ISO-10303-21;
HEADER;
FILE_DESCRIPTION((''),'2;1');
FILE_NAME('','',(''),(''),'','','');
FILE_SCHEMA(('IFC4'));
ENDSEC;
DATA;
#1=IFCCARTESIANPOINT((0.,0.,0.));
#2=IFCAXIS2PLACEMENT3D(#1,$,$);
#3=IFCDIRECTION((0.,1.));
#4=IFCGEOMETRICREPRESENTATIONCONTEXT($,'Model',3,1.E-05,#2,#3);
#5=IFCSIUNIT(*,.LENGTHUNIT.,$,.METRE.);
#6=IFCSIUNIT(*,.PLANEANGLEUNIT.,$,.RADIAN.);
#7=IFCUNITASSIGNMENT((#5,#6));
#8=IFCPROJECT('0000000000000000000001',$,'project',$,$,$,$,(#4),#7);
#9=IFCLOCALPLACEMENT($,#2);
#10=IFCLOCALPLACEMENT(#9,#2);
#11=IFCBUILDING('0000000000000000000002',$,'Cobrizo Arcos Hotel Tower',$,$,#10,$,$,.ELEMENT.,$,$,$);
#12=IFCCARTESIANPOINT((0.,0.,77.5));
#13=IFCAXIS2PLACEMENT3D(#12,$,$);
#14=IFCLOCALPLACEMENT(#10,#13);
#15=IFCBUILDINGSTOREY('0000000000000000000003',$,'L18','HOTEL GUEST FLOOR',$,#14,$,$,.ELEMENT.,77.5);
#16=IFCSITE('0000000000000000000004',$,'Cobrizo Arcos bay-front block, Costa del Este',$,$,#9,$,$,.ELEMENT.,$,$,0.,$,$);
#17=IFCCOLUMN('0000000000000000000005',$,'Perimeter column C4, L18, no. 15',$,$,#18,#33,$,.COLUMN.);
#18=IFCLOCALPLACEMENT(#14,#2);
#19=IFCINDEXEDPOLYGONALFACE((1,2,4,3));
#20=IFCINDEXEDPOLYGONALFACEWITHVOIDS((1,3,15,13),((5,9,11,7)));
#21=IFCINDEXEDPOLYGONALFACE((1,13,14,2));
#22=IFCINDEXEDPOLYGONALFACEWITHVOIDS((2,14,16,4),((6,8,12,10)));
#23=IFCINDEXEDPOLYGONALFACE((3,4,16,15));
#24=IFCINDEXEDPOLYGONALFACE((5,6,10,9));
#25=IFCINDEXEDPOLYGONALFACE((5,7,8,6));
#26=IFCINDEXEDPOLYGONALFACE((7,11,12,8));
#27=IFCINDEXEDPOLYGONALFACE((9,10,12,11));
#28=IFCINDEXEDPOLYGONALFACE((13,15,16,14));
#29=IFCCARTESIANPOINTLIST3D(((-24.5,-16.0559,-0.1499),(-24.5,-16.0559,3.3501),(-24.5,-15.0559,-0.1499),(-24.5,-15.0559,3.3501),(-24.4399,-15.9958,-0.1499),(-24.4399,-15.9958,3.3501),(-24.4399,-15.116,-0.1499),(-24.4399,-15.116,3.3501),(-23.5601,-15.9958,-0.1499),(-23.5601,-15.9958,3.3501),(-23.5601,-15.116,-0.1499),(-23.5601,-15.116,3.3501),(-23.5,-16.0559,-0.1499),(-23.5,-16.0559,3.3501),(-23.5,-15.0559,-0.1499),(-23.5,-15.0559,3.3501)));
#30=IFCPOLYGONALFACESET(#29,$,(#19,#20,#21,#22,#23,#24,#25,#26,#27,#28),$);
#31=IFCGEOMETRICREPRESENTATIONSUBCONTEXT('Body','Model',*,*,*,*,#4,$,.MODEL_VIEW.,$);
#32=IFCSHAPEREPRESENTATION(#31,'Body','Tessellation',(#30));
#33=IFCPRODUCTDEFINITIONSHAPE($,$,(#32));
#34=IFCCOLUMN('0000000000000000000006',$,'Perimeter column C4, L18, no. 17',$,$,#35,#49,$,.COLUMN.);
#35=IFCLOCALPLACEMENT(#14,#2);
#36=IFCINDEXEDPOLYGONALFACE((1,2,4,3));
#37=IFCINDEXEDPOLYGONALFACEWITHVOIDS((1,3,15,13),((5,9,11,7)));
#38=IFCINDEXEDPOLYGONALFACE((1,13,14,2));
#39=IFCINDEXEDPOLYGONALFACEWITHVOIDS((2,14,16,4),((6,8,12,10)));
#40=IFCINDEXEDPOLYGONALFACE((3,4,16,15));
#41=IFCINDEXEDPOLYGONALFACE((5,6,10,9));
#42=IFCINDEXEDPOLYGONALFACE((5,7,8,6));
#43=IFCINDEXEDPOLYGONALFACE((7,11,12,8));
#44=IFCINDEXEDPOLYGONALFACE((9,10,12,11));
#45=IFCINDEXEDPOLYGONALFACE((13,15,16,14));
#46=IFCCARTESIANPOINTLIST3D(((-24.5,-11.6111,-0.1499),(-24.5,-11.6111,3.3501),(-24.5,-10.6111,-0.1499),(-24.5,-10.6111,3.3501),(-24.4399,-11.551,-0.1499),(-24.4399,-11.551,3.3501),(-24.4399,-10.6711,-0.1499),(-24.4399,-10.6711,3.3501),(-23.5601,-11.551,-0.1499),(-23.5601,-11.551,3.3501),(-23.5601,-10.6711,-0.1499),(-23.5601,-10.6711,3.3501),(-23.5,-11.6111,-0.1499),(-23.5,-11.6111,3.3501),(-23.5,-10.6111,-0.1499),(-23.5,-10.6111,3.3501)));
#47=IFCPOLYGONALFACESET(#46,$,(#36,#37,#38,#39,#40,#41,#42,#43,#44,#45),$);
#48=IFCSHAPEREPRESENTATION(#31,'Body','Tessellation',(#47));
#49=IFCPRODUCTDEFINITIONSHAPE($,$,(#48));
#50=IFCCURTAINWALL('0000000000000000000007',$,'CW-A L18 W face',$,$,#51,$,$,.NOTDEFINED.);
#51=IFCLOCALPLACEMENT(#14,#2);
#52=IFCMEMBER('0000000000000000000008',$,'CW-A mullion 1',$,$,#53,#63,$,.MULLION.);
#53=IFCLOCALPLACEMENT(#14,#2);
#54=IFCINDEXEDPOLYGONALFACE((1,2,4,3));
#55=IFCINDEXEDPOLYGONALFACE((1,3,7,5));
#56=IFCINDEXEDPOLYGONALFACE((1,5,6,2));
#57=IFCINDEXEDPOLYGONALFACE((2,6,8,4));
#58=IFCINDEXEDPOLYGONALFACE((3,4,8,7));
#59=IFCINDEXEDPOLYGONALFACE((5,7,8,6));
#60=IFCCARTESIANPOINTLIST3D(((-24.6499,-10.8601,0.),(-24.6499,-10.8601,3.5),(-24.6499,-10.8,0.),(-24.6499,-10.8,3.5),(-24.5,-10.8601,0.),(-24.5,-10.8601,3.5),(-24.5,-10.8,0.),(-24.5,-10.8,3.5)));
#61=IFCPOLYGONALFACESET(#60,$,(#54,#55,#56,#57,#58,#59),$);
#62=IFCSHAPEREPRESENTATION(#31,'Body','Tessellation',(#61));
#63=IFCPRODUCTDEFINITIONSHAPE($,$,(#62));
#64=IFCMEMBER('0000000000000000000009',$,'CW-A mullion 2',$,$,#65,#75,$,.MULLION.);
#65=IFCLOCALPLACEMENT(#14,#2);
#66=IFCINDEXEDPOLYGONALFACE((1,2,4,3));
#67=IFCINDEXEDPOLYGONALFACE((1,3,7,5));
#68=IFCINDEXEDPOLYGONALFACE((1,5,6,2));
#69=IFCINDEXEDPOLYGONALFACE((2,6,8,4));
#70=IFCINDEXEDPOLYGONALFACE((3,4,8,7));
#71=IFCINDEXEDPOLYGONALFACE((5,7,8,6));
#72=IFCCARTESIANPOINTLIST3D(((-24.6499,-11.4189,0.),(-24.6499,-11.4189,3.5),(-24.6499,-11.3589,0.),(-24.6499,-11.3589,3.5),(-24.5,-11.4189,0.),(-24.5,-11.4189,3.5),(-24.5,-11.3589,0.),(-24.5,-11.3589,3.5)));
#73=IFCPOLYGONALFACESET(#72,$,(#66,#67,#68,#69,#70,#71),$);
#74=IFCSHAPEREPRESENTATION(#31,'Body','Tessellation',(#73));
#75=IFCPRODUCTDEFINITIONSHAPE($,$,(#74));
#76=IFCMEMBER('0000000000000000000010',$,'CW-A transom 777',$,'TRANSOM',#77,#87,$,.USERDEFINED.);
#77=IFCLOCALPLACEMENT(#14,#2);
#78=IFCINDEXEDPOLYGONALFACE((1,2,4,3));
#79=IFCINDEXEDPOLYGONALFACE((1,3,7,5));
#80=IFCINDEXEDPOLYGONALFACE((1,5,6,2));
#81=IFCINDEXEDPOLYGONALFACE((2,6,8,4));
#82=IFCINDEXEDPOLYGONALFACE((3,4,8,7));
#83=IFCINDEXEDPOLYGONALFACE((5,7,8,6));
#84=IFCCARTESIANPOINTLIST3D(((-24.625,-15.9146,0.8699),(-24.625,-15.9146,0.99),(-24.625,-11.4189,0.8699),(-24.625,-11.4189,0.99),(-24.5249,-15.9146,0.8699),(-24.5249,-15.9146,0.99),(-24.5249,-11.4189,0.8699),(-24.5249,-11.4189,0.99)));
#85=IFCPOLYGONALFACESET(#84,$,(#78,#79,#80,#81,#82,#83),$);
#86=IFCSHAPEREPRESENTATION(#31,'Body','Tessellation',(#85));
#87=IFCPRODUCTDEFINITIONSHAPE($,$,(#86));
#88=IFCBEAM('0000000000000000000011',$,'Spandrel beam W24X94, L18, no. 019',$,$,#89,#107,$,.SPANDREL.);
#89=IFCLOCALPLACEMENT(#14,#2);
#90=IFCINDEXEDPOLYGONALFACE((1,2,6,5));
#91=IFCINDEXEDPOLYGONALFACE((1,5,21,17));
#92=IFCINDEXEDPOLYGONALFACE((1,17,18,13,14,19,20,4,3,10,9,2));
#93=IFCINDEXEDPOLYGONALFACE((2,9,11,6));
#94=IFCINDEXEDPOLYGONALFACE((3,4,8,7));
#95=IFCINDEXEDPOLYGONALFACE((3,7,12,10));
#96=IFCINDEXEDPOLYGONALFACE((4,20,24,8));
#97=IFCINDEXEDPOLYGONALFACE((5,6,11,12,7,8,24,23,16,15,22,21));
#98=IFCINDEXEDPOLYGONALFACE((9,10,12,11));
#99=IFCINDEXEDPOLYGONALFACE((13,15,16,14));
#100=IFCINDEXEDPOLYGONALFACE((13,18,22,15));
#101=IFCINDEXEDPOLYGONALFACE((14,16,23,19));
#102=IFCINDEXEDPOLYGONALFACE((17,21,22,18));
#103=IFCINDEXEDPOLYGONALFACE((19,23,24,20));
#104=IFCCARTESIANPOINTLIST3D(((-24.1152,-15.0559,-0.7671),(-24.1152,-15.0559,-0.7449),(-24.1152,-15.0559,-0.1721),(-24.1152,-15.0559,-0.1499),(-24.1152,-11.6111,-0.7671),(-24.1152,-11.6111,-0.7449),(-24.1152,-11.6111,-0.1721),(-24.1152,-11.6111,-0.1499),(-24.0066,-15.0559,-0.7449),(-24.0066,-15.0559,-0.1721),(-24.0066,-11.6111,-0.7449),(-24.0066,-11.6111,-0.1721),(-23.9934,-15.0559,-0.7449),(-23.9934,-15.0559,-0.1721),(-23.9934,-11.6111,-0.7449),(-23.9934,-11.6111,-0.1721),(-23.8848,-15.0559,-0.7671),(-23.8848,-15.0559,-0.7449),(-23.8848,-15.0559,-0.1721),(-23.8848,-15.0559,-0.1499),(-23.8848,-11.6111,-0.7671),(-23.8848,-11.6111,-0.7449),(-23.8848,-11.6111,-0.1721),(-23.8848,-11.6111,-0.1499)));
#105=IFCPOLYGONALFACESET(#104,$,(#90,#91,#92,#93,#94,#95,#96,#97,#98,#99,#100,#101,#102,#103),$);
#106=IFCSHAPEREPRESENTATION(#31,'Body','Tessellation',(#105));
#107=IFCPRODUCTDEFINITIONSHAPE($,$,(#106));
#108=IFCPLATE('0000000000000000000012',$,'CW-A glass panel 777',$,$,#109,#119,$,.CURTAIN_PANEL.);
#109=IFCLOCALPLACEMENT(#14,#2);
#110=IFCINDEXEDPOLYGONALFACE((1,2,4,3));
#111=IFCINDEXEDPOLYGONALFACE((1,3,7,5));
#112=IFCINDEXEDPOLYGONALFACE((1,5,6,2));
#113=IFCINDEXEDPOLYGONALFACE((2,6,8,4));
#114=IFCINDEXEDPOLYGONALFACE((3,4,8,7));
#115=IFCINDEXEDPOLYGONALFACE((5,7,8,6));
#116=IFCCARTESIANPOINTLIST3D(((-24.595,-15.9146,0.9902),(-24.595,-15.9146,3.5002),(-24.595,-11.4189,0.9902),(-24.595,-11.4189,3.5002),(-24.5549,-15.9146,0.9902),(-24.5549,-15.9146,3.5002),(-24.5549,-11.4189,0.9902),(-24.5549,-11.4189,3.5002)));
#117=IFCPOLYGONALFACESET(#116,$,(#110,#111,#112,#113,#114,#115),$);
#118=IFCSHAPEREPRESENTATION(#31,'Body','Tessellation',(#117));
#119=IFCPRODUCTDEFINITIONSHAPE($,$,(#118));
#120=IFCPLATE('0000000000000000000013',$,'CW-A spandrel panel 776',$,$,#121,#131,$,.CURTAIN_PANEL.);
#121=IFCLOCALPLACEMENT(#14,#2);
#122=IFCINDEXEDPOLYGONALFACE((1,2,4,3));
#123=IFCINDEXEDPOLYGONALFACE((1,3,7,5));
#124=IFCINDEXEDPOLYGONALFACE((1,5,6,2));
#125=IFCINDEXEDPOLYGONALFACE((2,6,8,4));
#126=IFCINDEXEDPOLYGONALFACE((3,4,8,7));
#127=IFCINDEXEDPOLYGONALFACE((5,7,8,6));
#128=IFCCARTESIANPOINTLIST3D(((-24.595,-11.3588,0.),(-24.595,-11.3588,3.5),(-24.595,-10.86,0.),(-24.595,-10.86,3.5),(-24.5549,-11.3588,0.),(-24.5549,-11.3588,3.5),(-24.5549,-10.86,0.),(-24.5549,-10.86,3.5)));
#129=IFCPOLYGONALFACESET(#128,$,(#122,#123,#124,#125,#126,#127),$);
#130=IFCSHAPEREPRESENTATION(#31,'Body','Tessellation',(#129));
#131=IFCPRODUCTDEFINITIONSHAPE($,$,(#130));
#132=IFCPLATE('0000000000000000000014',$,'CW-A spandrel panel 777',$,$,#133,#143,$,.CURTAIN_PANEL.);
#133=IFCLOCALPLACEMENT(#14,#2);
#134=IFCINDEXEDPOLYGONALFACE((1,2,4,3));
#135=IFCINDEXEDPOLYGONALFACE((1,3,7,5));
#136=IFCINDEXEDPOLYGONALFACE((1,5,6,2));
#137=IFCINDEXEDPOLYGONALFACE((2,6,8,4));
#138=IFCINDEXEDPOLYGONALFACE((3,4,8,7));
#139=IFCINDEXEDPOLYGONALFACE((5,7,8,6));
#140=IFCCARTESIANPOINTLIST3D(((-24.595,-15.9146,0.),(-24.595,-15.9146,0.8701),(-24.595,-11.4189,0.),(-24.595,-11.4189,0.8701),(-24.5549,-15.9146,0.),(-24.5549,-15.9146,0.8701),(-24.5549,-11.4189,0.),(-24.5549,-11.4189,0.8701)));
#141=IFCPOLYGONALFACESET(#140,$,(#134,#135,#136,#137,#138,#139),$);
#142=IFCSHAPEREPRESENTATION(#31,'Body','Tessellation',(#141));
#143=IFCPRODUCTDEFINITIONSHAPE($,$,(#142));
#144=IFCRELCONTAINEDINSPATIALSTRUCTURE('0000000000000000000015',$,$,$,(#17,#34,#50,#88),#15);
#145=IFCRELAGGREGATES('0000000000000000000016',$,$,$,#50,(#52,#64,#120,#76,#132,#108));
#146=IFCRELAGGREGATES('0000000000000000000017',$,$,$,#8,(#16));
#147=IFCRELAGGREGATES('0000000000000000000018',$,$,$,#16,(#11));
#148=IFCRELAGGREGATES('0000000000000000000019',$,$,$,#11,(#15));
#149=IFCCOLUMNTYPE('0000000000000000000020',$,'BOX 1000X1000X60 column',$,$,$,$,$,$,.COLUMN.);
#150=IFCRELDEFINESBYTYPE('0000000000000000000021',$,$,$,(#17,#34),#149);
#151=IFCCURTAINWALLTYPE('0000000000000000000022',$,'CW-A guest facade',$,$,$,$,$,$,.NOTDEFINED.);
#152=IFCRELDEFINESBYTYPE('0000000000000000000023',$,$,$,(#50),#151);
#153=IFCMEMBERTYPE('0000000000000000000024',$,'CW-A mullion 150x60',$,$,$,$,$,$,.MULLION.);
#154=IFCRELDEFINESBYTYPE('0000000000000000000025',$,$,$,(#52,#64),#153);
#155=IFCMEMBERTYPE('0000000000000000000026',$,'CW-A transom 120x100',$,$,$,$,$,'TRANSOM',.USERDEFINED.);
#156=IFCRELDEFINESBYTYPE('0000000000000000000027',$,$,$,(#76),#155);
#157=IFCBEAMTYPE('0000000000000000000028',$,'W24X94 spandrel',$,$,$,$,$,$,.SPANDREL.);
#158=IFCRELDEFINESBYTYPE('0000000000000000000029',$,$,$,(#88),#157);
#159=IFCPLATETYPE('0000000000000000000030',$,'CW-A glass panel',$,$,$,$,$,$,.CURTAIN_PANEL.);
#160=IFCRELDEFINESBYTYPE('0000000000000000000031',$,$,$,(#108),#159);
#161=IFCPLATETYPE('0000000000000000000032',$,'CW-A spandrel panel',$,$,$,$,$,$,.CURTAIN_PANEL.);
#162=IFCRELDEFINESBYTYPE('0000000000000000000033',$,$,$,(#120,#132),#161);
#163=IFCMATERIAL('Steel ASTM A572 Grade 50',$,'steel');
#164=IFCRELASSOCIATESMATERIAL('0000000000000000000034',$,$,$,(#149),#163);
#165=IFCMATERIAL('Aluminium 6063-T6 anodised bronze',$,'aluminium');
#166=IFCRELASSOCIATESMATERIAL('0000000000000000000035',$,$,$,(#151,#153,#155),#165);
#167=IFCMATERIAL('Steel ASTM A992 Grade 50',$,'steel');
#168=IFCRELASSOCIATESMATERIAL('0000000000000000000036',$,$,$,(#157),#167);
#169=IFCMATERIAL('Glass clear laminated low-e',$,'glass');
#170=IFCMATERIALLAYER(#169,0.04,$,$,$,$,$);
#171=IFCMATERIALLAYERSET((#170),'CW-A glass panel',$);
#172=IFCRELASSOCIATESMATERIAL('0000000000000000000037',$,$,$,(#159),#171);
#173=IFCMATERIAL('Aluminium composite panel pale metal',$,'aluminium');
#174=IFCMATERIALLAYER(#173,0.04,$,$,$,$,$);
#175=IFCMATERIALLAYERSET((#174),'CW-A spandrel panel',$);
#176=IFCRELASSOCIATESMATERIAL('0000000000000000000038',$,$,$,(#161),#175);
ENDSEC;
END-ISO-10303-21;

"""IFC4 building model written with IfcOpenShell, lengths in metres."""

from ifc_helpers import new_model, si_unit, direction, frame, origin, origin_2d, place, context, subcontext, project, spatial, rectangle, hollow_rectangle, i_section, extrude, material, layer, layer_set, material_profile, profile_set, type_object, element, aggregate, save


model = new_model("IFC4")

# Units and contexts
model_context = context("Model", 3, precision=1e-05, world=origin(), true_north=direction((0.0, 1.0)))
body_context = subcontext(model_context, "Body", "Model", "MODEL_VIEW")
ifc_project = project(units=[si_unit("LENGTHUNIT", "METRE"), si_unit("PLANEANGLEUNIT", "RADIAN")], contexts=[model_context])

# Site, building, storey
site_placement = place(None, origin())
site = spatial("IfcSite", under=ifc_project, at=site_placement, Name="Cobrizo Arcos bay-front block, Costa del Este", CompositionType="ELEMENT", RefElevation=0.0)
building_placement = place(site_placement, origin())
building = spatial("IfcBuilding", under=site, at=building_placement, Name="Cobrizo Arcos Hotel Tower", CompositionType="ELEMENT")
storey_placement = place(building_placement, frame((0.0, 0.0, 77.5)))
storey = spatial("IfcBuildingStorey", under=building, at=storey_placement, Name="L18", Description="HOTEL GUEST FLOOR", CompositionType="ELEMENT", Elevation=77.5)

# Columns
ifc_material_1 = material(Name="Steel ASTM A572 Grade 50", Category="steel")
ifc_material_profile_1 = material_profile(ifc_material_1, hollow_rectangle(XDim=1.0, YDim=1.0, WallThickness=0.0601, at=origin_2d()), Name="BOX 1000X1000X60")
ifc_profile_set_1 = profile_set([ifc_material_profile_1], Name="Steel ASTM A572 Grade 50")
column_type = type_object("IfcColumnType", Name="BOX 1000X1000X60 column", PredefinedType="COLUMN", material=ifc_profile_set_1)
for number, where, z_axis, x_axis, name in (
    (1, (-24.0, -15.5559, -0.1499), (0.0, 0.0, 1.0), (1.0, 0.0, 0.0), "Perimeter column C4, L18, no. 15"),
    (2, (-24.0, -11.1111, -0.1499), (0.0, 0.0, 1.0), (1.0, 0.0, 0.0), "Perimeter column C4, L18, no. 17"),
):
    element("IfcColumn", number, at=place(storey_placement, frame(where, z_axis=z_axis, x_axis=x_axis)), inside=storey, type_object=column_type, Name=name, PredefinedType="COLUMN", context=body_context, shape_type="SweptSolid", body=[
        extrude(hollow_rectangle(XDim=1.0, YDim=1.0, WallThickness=0.0601, at=origin_2d()), origin(), (0.0, 0.0, 1.0), 3.5),
    ])

# Curtain wall, members
ifc_material_2 = material(Name="Aluminium 6063-T6 anodised bronze", Category="aluminium")
curtain_wall_type = type_object("IfcCurtainWallType", Name="CW-A guest facade", PredefinedType="NOTDEFINED", material=ifc_material_2)
curtain_wall_placement = place(storey_placement, origin())
curtain_wall = element("IfcCurtainWall", 3, at=curtain_wall_placement, inside=storey, type_object=curtain_wall_type, Name="CW-A L18 W face", PredefinedType="NOTDEFINED")
ifc_material_profile_2 = material_profile(ifc_material_2, rectangle(XDim=0.1499, YDim=0.0601, at=origin_2d()), Name="CW-A mullion 150x60")
ifc_profile_set_2 = profile_set([ifc_material_profile_2], Name="Aluminium 6063-T6 anodised bronze")
member_type_1 = type_object("IfcMemberType", Name="CW-A mullion 150x60", PredefinedType="MULLION", material=ifc_profile_set_2)
member_1_placement = place(storey_placement, frame((-24.575, -10.8301, 0.0), z_axis=(0.0, 0.0, 1.0), x_axis=(-1.0, 0.0, 0.0)))
member_1 = element("IfcMember", 4, at=member_1_placement, type_object=member_type_1, Name="CW-A mullion 1", PredefinedType="MULLION", context=body_context, shape_type="SweptSolid", body=[
    extrude(rectangle(XDim=0.1499, YDim=0.0601, at=origin_2d()), origin(), (0.0, 0.0, 1.0), 3.5),
])
member_2_placement = place(storey_placement, frame((-24.575, -11.3889, 0.0), z_axis=(0.0, 0.0, 1.0), x_axis=(-1.0, 0.0, 0.0)))
member_2 = element("IfcMember", 5, at=member_2_placement, type_object=member_type_1, Name="CW-A mullion 2", PredefinedType="MULLION", context=body_context, shape_type="SweptSolid", body=[
    extrude(rectangle(XDim=0.1499, YDim=0.0601, at=origin_2d()), origin(), (0.0, 0.0, 1.0), 3.5),
])
ifc_material_profile_3 = material_profile(ifc_material_2, rectangle(XDim=0.1001, YDim=0.1201, at=origin_2d()), Name="CW-A transom 120x100")
ifc_profile_set_3 = profile_set([ifc_material_profile_3], Name="Aluminium 6063-T6 anodised bronze")
member_type_2 = type_object("IfcMemberType", Name="CW-A transom 120x100", ElementType="TRANSOM", PredefinedType="USERDEFINED", material=ifc_profile_set_3)
member_3_placement = place(storey_placement, frame((-24.575, -11.4189, 0.9299), z_axis=(0.0, -1.0, 0.0), x_axis=(1.0, 0.0, 0.0)))
member_3 = element("IfcMember", 6, at=member_3_placement, type_object=member_type_2, Name="CW-A transom 777", ObjectType="TRANSOM", PredefinedType="USERDEFINED", context=body_context, shape_type="SweptSolid", body=[
    extrude(rectangle(XDim=0.1001, YDim=0.1201, at=origin_2d()), origin(), (0.0, 0.0, 1.0), 4.4956),
])

# Beam
ifc_material_3 = material(Name="Steel ASTM A992 Grade 50", Category="steel")
ifc_material_profile_4 = material_profile(ifc_material_3, i_section(OverallWidth=0.2305, OverallDepth=0.6172, WebThickness=0.0132, FlangeThickness=0.0222, at=origin_2d()), Name="W24X94")
ifc_profile_set_4 = profile_set([ifc_material_profile_4], Name="Steel ASTM A992 Grade 50")
beam_type = type_object("IfcBeamType", Name="W24X94 spandrel", PredefinedType="SPANDREL", material=ifc_profile_set_4)
beam_placement = place(storey_placement, frame((-24.0, -15.0559, -0.4585), z_axis=(0.0, 1.0, 0.0), x_axis=(-1.0, 0.0, 0.0)))
element("IfcBeam", 7, at=beam_placement, inside=storey, type_object=beam_type, Name="Spandrel beam W24X94, L18, no. 019", PredefinedType="SPANDREL", context=body_context, shape_type="SweptSolid", body=[
    extrude(i_section(OverallWidth=0.2305, OverallDepth=0.6172, WebThickness=0.0132, FlangeThickness=0.0222, at=origin_2d()), origin(), (0.0, 0.0, 1.0), 3.4448),
])

# Plates
ifc_material_4 = material(Name="Glass clear laminated low-e", Category="glass")
ifc_layer_1 = layer(ifc_material_4, 0.04)
ifc_layer_set_1 = layer_set([ifc_layer_1], Name="CW-A glass panel")
plate_type_1 = type_object("IfcPlateType", Name="CW-A glass panel", PredefinedType="CURTAIN_PANEL", material=ifc_layer_set_1)
plate_1_placement = place(storey_placement, frame((-24.575, -13.6667, 0.9902), z_axis=(0.0, 0.0, 1.0), x_axis=(0.0, -1.0, 0.0)))
plate_1 = element("IfcPlate", 8, at=plate_1_placement, type_object=plate_type_1, Name="CW-A glass panel 777", PredefinedType="CURTAIN_PANEL", context=body_context, shape_type="SweptSolid", body=[
    extrude(rectangle(XDim=4.4956, YDim=0.04, at=origin_2d()), origin(), (0.0, 0.0, 1.0), 2.51),
])
ifc_material_5 = material(Name="Aluminium composite panel pale metal", Category="aluminium")
ifc_layer_2 = layer(ifc_material_5, 0.04)
ifc_layer_set_2 = layer_set([ifc_layer_2], Name="CW-A spandrel panel")
plate_type_2 = type_object("IfcPlateType", Name="CW-A spandrel panel", PredefinedType="CURTAIN_PANEL", material=ifc_layer_set_2)
plate_2_placement = place(storey_placement, frame((-24.575, -11.1094, 0.0), z_axis=(0.0, 0.0, 1.0), x_axis=(0.0, -1.0, 0.0)))
plate_2 = element("IfcPlate", 9, at=plate_2_placement, type_object=plate_type_2, Name="CW-A spandrel panel 776", PredefinedType="CURTAIN_PANEL", context=body_context, shape_type="SweptSolid", body=[
    extrude(rectangle(XDim=0.4988, YDim=0.04, at=origin_2d()), origin(), (0.0, 0.0, 1.0), 3.5),
])
plate_3_placement = place(storey_placement, frame((-24.575, -13.6667, 0.0), z_axis=(0.0, 0.0, 1.0), x_axis=(0.0, -1.0, 0.0)))
plate_3 = element("IfcPlate", 10, at=plate_3_placement, type_object=plate_type_2, Name="CW-A spandrel panel 777", PredefinedType="CURTAIN_PANEL", context=body_context, shape_type="SweptSolid", body=[
    extrude(rectangle(XDim=4.4956, YDim=0.04, at=origin_2d()), origin(), (0.0, 0.0, 1.0), 0.8701),
])
aggregate(curtain_wall, [member_1, member_2, plate_2, member_3, plate_3, plate_1])

save(model, "model.ifc")
